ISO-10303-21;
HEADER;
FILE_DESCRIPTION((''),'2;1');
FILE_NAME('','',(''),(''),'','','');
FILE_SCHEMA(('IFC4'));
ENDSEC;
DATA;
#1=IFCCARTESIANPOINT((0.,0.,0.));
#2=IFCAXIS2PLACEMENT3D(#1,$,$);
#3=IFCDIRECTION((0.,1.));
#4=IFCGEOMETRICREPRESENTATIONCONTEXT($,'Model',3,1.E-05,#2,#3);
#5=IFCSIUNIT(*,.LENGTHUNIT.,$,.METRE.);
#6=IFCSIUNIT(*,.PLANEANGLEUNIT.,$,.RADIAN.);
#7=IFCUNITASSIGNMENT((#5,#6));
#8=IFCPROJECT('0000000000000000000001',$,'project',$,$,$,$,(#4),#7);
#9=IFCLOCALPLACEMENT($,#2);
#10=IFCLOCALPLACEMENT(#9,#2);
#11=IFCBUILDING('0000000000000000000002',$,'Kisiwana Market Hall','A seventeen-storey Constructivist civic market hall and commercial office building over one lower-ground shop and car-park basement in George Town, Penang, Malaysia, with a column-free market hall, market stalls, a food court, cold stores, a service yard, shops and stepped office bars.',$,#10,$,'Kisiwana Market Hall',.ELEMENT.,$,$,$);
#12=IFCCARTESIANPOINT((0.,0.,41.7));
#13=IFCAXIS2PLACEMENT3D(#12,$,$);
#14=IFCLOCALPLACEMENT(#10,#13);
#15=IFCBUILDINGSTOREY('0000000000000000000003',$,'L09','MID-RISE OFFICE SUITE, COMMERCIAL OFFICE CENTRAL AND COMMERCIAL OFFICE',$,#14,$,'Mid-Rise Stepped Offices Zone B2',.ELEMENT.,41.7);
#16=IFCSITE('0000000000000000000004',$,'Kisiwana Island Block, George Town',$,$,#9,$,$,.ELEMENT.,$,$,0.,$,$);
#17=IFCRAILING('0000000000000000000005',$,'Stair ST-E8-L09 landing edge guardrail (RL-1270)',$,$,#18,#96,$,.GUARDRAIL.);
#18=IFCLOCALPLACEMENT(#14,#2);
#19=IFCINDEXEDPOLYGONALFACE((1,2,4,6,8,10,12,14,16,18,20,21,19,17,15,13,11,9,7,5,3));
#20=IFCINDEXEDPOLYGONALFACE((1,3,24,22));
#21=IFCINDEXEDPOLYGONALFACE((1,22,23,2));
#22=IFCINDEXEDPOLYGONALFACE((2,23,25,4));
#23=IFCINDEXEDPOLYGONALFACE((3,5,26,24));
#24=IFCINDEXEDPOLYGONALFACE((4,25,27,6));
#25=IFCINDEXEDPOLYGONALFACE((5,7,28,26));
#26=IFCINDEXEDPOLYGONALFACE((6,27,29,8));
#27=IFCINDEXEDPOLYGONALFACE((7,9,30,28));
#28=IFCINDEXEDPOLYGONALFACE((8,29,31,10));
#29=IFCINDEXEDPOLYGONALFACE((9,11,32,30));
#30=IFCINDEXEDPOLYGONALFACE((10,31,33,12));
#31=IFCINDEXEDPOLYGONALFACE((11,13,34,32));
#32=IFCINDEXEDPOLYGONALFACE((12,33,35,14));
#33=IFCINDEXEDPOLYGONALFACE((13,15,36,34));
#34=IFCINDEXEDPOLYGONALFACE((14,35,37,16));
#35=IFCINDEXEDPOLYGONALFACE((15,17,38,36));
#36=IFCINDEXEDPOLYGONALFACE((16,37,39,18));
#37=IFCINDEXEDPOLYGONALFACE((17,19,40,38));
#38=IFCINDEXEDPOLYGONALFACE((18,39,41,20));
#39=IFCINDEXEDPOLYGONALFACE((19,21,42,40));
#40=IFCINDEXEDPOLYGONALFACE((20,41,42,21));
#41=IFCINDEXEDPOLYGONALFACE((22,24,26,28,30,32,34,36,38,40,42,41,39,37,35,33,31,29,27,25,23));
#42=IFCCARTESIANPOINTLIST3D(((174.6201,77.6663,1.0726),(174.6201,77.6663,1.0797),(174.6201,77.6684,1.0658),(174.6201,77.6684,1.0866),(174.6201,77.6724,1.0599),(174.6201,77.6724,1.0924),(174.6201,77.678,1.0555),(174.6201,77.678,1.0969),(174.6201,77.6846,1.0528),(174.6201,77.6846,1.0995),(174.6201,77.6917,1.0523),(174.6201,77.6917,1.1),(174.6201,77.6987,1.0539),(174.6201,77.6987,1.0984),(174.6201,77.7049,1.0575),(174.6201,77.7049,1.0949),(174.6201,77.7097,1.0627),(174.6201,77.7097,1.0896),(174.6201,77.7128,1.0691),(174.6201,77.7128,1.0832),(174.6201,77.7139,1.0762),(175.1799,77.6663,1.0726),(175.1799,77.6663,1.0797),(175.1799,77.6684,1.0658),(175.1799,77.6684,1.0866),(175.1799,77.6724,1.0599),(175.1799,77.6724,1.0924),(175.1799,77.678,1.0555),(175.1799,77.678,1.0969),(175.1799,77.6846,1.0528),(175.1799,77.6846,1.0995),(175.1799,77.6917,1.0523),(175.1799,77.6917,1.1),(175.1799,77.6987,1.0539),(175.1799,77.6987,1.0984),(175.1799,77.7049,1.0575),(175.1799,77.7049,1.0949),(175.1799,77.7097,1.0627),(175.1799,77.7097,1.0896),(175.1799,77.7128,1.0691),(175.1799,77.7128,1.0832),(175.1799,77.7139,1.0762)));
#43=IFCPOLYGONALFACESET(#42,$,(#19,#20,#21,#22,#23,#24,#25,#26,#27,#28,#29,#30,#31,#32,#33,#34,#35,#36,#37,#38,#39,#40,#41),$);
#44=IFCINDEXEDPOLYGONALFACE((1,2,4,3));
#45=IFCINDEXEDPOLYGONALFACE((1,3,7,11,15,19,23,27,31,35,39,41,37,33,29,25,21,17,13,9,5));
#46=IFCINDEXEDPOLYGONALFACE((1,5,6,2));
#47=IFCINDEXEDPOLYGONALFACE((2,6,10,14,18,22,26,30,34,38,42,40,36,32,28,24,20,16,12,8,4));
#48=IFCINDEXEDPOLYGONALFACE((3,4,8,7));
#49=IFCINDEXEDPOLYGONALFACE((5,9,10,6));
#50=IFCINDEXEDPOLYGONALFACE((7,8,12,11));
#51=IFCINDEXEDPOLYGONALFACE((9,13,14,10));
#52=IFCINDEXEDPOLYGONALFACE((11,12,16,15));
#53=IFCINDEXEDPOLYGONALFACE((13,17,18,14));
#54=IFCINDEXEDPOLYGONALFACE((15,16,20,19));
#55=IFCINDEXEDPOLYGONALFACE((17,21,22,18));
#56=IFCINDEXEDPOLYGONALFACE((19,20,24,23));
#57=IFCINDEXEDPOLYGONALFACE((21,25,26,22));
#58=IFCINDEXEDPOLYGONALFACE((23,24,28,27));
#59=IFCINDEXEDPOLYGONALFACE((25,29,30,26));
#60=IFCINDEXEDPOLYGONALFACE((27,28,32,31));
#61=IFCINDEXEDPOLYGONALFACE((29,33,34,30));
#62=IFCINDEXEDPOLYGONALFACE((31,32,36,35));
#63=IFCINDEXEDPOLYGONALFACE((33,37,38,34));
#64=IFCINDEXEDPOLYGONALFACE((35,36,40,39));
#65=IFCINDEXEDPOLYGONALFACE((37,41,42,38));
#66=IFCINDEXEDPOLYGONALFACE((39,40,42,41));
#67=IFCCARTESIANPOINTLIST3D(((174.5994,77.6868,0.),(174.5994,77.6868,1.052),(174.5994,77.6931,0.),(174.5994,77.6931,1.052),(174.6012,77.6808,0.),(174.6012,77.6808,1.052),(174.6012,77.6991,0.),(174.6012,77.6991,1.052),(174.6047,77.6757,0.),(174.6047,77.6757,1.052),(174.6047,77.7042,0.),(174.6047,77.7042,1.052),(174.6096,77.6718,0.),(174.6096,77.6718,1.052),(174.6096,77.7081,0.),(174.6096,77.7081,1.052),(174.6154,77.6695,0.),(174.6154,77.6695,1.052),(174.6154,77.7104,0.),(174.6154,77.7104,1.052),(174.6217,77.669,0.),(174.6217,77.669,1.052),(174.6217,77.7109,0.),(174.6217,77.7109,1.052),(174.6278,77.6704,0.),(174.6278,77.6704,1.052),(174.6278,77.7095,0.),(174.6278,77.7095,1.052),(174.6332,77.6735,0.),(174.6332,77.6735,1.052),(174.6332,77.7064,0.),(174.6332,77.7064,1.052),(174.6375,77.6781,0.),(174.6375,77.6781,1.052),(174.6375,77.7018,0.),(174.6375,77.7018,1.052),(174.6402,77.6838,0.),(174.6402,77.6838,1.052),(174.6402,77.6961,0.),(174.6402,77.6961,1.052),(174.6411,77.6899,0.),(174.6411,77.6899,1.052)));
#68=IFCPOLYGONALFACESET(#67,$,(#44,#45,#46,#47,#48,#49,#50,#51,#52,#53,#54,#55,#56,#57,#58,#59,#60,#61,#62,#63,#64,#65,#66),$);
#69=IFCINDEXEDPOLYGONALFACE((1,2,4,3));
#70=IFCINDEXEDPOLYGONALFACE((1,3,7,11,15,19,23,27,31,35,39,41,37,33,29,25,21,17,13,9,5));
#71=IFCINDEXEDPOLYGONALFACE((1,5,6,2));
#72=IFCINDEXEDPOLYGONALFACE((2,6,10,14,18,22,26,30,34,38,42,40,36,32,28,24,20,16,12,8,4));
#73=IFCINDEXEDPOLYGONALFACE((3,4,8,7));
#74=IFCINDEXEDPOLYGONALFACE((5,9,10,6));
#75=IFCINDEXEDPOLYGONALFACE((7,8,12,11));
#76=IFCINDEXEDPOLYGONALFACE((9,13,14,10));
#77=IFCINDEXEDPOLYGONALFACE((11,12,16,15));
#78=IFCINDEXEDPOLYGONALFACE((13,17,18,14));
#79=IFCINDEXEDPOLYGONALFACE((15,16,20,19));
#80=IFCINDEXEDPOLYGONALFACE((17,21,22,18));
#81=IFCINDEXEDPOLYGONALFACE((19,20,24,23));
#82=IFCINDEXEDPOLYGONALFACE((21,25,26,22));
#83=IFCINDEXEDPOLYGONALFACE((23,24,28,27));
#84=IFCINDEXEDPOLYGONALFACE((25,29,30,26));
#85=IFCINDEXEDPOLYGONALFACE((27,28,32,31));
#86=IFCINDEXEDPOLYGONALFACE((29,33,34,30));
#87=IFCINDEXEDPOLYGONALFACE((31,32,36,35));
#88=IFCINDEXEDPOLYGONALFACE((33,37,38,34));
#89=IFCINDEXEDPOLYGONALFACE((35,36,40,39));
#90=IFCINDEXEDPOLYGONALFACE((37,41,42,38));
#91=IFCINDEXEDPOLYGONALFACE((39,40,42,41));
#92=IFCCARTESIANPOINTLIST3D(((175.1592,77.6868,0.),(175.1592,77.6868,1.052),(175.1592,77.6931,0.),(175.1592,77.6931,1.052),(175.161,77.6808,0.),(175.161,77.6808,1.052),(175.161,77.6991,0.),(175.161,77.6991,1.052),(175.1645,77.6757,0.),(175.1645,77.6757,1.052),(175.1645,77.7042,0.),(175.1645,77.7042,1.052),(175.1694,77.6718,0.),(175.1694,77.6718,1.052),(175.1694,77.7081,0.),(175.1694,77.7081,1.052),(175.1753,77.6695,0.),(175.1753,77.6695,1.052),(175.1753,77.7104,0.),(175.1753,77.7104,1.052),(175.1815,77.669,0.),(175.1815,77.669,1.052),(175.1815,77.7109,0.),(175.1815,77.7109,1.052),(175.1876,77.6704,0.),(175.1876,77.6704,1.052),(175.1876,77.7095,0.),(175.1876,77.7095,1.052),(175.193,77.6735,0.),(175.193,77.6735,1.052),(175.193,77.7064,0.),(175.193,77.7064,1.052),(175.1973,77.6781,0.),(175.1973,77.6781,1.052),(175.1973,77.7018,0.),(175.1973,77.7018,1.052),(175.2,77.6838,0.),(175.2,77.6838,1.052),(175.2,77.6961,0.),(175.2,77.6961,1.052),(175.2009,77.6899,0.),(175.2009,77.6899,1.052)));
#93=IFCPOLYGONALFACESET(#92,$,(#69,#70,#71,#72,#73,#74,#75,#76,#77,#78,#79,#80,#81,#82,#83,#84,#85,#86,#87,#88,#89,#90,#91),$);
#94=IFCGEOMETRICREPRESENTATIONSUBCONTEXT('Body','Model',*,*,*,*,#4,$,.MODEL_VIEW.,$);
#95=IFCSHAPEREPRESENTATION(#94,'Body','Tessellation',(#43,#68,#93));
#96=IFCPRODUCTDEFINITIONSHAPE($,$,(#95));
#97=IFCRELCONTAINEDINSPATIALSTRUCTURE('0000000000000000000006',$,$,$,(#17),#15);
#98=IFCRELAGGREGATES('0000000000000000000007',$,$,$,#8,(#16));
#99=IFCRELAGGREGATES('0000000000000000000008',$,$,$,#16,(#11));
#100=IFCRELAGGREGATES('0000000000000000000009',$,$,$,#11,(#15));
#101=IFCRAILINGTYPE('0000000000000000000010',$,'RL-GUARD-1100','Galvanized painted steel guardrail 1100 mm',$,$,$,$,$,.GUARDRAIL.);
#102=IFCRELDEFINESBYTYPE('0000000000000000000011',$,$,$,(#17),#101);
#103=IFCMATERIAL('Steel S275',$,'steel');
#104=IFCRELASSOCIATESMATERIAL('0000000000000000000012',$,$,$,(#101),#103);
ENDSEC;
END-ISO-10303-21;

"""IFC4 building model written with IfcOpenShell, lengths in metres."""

from ifc_helpers import new_model, si_unit, direction, frame, origin, origin_2d, place, context, subcontext, project, spatial, circle, extrude, material, type_object, element, save


model = new_model("IFC4")

# Units and contexts
model_context = context("Model", 3, precision=1e-05, world=origin(), true_north=direction((0.0, 1.0)))
body_context = subcontext(model_context, "Body", "Model", "MODEL_VIEW")
ifc_project = project(units=[si_unit("LENGTHUNIT", "METRE"), si_unit("PLANEANGLEUNIT", "RADIAN")], contexts=[model_context])

# Site, building, storey
site_placement = place(None, origin())
site = spatial("IfcSite", under=ifc_project, at=site_placement, Name="Kisiwana Island Block, George Town", CompositionType="ELEMENT", RefElevation=0.0)
building_placement = place(site_placement, origin())
building = spatial("IfcBuilding", under=site, at=building_placement, Name="Kisiwana Market Hall", Description="A seventeen-storey Constructivist civic market hall and commercial office building over one lower-ground shop and car-park basement in George Town, Penang, Malaysia, with a column-free market hall, market stalls, a food court, cold stores, a service yard, shops and stepped office bars.", LongName="Kisiwana Market Hall", CompositionType="ELEMENT")
storey_placement = place(building_placement, frame((0.0, 0.0, 41.7)))
storey = spatial("IfcBuildingStorey", under=building, at=storey_placement, Name="L09", Description="MID-RISE OFFICE SUITE, COMMERCIAL OFFICE CENTRAL AND COMMERCIAL OFFICE", LongName="Mid-Rise Stepped Offices Zone B2", CompositionType="ELEMENT", Elevation=41.7)

# Railing
ifc_material_1 = material(Name="Steel S275", Category="steel")
railing_type_1 = type_object("IfcRailingType", Name="RL-GUARD-1100", Description="Galvanized painted steel guardrail 1100 mm", PredefinedType="GUARDRAIL", material=ifc_material_1)
railing_1_placement = place(storey_placement, frame((174.6201, 77.6899, 0.0)))
element("IfcRailing", 1, at=railing_1_placement, inside=storey, type_object=railing_type_1, Name="Stair ST-E8-L09 landing edge guardrail (RL-1270)", PredefinedType="GUARDRAIL", context=body_context, shape_type="SweptSolid", body=[
    extrude(circle(Radius=0.0239, at=origin_2d()), frame((0.0, 0.0, 1.0762), z_axis=(1.0, 0.0, 0.0), x_axis=(0.0, 1.0, 0.0)), (0.0, 0.0, 1.0), 0.5598),
    extrude(circle(Radius=0.021, at=origin_2d()), origin(), (0.0, 0.0, 1.0), 1.052),
    extrude(circle(Radius=0.021, at=origin_2d()), frame((0.5598, 0.0, 0.0)), (0.0, 0.0, 1.0), 1.052),
])

save(model, "model.ifc")
